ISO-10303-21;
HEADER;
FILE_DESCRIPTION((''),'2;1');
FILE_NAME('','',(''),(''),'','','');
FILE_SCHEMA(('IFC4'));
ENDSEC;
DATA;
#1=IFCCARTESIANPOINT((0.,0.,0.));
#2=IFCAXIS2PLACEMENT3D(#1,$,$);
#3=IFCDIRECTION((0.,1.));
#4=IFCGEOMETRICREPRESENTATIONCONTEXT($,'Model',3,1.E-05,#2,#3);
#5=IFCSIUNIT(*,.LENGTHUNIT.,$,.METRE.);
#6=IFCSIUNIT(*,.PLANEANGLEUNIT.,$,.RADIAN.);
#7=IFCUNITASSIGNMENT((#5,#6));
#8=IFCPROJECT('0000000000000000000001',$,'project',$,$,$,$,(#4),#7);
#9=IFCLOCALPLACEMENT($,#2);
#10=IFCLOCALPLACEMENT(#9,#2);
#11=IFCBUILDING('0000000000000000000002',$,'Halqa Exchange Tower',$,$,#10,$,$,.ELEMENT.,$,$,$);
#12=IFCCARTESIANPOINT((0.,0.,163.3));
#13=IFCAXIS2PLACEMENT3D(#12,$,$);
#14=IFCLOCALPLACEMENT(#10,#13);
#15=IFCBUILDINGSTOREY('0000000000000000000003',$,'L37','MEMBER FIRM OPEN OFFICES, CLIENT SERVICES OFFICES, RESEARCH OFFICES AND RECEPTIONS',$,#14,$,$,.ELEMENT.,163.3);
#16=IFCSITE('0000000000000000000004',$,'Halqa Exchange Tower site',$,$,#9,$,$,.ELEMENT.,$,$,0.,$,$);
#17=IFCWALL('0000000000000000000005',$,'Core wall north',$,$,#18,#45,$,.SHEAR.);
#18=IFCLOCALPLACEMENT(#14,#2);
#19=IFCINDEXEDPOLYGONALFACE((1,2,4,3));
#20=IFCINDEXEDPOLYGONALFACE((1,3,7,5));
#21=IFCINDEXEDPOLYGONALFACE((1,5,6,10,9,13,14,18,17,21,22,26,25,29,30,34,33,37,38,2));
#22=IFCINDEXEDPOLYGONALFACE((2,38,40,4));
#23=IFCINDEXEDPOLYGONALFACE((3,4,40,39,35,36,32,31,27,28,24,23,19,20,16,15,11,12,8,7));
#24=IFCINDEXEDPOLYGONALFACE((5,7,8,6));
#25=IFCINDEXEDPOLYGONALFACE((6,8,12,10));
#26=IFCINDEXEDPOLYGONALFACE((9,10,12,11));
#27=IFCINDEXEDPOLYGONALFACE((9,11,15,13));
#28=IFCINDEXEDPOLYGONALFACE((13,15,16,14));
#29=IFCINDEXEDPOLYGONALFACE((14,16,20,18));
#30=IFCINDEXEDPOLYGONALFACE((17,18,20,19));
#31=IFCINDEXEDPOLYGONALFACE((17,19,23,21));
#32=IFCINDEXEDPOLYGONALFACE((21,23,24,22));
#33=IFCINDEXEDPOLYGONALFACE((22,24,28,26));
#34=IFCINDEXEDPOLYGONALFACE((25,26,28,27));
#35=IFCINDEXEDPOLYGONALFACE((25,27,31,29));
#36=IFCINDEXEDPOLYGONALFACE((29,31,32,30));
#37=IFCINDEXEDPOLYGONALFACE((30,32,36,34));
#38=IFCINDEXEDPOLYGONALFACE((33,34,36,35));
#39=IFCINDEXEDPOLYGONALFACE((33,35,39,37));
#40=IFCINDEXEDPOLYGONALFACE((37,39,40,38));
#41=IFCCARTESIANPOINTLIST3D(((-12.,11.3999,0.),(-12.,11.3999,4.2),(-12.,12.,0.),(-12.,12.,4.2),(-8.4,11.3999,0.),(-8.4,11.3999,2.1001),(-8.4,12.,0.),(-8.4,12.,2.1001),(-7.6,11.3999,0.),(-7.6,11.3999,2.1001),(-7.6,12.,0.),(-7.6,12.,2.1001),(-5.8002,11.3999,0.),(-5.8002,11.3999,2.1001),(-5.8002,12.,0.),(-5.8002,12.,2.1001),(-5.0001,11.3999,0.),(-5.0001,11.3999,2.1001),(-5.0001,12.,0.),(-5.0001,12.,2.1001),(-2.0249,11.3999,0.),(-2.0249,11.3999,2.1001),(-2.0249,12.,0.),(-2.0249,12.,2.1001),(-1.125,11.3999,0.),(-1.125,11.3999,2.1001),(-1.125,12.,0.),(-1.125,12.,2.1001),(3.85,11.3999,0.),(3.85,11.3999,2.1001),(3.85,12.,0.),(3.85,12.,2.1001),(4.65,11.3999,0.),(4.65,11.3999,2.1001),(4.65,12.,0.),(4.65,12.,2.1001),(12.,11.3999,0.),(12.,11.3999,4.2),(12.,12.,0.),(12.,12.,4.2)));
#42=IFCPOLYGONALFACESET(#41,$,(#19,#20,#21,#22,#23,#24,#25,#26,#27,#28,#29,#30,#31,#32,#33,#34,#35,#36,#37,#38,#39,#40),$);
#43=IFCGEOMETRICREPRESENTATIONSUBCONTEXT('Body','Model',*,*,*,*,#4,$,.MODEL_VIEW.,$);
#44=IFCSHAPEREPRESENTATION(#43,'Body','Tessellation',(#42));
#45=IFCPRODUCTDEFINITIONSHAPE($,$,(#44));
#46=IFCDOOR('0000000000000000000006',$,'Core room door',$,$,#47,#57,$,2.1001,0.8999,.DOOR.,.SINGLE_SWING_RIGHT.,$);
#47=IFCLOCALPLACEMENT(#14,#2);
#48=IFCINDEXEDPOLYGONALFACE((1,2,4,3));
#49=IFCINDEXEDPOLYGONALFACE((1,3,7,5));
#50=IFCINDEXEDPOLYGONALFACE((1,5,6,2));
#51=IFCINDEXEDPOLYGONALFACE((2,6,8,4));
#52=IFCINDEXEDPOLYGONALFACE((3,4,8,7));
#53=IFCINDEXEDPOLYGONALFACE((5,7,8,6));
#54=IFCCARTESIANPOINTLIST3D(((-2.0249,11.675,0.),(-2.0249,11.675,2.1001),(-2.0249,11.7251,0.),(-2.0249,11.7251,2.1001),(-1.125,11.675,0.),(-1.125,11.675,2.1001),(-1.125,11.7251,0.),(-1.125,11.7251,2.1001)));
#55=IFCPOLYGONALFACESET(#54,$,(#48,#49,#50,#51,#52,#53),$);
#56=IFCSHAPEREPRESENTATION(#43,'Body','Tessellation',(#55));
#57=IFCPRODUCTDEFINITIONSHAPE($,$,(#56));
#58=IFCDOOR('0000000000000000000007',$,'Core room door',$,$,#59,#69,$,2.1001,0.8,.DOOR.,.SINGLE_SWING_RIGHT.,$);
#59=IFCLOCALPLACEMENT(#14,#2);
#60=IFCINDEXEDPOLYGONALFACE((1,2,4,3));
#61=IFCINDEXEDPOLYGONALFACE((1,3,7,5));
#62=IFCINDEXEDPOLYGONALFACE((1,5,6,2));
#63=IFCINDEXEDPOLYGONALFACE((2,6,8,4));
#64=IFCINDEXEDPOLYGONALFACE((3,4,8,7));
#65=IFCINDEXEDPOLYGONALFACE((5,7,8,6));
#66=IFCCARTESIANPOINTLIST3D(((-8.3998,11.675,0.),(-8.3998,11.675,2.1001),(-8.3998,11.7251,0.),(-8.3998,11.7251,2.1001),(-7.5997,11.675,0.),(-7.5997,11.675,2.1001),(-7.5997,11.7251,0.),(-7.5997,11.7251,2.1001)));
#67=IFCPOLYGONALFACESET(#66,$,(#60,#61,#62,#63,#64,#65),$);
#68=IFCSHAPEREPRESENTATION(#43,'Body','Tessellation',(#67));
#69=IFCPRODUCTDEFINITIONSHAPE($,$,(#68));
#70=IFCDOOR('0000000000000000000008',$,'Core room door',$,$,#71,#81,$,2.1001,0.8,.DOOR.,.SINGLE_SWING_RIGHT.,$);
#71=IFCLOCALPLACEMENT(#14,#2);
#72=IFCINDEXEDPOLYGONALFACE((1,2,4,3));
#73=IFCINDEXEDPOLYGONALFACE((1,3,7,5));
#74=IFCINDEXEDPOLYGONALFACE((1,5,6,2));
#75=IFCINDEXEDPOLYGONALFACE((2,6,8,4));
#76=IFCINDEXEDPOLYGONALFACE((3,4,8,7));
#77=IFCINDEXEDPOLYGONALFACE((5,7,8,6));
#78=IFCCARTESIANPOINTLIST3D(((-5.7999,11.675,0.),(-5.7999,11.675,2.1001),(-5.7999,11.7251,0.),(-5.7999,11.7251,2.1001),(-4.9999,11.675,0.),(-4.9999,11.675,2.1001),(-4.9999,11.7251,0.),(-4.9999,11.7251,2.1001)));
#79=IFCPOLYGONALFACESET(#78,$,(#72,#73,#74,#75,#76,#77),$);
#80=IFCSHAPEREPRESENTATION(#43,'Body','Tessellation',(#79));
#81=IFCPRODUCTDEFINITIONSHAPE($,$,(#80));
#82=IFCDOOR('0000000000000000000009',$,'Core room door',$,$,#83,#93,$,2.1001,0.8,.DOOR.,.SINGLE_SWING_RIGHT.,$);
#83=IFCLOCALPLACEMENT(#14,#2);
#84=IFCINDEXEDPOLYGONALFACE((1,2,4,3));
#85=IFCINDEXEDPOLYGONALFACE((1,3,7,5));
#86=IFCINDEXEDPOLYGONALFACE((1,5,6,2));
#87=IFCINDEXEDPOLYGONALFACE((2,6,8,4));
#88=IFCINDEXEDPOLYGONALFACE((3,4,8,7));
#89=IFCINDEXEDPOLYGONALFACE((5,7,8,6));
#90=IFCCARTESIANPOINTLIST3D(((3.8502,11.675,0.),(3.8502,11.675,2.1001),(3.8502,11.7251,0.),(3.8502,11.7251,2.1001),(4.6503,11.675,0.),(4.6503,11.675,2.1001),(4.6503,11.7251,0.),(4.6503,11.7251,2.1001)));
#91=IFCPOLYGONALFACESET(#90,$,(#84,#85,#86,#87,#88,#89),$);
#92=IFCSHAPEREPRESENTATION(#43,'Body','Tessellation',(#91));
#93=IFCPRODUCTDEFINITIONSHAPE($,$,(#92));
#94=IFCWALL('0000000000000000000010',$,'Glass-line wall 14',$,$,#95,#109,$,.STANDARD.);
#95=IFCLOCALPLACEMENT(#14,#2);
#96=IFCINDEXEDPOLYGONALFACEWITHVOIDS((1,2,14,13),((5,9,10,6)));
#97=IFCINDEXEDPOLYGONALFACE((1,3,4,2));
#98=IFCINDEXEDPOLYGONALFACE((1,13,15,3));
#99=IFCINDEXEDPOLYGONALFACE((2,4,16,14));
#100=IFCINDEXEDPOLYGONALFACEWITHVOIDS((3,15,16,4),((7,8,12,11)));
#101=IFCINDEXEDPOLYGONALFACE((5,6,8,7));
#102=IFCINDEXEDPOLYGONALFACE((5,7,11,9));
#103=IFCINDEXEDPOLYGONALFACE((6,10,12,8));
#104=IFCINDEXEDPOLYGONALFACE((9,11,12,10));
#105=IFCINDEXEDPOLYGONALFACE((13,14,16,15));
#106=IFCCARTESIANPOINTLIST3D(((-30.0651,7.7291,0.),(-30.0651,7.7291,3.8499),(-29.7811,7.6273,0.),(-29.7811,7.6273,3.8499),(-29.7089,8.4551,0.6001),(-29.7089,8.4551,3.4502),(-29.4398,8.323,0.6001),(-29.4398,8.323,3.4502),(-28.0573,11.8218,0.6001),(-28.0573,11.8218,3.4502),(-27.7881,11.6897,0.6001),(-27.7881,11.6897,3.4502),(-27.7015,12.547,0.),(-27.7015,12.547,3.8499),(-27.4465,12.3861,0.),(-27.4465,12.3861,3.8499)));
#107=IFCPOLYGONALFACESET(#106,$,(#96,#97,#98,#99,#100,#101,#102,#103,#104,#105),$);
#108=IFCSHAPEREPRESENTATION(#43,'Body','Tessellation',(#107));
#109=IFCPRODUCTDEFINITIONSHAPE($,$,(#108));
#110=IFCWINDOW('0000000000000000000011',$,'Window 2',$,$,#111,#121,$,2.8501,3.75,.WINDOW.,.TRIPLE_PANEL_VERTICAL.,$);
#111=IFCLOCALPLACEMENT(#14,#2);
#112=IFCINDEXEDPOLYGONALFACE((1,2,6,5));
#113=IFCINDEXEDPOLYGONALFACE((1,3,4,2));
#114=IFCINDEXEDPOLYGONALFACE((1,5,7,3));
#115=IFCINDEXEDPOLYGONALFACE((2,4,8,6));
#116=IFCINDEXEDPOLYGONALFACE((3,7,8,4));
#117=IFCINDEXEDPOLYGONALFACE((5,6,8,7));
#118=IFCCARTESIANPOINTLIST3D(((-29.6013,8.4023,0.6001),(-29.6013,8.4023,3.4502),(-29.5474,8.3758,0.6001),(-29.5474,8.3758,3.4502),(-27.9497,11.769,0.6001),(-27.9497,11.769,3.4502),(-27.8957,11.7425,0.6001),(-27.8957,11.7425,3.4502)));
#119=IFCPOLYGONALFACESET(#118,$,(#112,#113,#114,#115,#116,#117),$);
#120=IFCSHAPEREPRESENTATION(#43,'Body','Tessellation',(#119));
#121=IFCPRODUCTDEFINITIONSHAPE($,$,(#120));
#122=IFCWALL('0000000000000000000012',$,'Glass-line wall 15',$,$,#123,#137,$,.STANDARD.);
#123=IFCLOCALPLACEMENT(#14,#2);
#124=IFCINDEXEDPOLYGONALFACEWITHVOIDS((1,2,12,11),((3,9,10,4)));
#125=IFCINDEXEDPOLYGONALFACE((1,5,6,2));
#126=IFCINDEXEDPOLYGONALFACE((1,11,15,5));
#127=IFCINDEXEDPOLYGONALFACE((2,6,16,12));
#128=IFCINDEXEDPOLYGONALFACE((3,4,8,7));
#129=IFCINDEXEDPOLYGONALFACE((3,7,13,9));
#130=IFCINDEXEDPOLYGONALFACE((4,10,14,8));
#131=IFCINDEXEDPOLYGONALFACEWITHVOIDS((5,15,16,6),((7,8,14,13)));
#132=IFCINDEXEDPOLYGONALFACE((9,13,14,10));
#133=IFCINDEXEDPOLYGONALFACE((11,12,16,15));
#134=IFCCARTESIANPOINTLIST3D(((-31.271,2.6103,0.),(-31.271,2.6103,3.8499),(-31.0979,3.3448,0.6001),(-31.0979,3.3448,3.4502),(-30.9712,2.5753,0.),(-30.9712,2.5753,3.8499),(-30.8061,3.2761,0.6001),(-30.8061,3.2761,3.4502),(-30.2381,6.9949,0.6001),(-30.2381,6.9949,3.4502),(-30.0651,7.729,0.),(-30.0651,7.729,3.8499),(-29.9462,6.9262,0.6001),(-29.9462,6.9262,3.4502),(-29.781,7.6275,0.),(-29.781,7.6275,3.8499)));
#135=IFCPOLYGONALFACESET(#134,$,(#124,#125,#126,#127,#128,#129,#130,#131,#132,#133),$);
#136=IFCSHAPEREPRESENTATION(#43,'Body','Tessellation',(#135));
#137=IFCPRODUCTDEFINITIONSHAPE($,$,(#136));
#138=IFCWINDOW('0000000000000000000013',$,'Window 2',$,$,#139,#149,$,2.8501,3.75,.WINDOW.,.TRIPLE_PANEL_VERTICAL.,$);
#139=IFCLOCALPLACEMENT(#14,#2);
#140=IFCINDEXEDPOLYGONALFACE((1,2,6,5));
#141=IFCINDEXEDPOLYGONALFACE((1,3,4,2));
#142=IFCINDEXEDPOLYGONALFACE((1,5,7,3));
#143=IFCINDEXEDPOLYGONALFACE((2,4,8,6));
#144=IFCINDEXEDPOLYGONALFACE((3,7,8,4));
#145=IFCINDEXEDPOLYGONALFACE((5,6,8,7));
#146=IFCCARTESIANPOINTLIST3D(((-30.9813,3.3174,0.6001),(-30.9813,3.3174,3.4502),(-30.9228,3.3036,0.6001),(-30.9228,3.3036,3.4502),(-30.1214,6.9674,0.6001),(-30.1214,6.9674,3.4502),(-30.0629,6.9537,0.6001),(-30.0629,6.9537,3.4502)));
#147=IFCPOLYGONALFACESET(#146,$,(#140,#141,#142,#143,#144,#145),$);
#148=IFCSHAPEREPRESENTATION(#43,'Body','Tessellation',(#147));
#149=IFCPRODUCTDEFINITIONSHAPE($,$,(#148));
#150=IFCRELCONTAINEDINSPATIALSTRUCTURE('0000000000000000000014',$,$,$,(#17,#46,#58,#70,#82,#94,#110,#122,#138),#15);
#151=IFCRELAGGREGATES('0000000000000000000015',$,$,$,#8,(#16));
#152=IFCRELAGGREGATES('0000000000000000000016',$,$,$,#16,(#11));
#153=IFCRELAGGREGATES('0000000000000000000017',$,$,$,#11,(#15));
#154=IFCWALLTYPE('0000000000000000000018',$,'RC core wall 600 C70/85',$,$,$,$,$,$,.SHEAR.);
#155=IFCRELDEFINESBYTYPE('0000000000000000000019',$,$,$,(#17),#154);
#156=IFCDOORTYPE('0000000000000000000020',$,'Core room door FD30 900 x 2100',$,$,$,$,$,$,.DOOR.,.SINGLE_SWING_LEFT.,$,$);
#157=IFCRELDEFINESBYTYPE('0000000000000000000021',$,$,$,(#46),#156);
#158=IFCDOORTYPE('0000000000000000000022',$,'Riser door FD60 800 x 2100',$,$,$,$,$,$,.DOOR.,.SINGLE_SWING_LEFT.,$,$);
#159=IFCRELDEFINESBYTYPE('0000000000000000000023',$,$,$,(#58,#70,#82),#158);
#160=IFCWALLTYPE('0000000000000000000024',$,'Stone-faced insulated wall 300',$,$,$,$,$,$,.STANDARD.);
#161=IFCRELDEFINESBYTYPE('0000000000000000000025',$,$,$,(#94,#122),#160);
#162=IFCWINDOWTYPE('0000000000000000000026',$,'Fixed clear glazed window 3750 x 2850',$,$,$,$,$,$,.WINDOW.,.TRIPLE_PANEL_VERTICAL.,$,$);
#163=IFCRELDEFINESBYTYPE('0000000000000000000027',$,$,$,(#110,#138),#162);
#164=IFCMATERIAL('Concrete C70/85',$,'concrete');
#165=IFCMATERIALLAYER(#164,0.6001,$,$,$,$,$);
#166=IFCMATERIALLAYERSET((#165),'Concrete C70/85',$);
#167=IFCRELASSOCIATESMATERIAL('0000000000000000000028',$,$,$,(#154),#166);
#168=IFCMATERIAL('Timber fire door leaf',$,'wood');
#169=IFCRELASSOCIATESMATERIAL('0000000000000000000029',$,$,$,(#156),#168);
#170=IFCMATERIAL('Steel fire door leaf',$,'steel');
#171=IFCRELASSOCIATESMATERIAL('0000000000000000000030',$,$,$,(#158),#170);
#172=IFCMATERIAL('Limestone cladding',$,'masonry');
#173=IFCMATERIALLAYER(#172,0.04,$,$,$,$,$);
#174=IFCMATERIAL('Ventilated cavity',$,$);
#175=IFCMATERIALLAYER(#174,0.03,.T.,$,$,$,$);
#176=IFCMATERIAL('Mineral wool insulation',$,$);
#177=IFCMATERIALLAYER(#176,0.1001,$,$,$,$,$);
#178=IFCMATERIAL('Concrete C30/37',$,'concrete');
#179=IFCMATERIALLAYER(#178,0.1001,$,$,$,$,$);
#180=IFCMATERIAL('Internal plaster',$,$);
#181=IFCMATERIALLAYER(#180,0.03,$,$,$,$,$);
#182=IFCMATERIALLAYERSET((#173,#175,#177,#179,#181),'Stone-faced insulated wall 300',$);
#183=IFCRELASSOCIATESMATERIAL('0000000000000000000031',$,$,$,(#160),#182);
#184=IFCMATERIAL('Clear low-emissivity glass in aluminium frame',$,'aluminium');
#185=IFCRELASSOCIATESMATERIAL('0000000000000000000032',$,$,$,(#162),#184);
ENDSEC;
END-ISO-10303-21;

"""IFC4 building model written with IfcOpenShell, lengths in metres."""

from ifc_helpers import new_model, si_unit, direction, frame, frame_2d, origin, place, context, subcontext, project, spatial, polyline, rectangle, outline, extrude, material, layer, layer_set, type_object, element, fill, save


model = new_model("IFC4")

# Units and contexts
model_context = context("Model", 3, precision=1e-05, world=origin(), true_north=direction((0.0, 1.0)))
body_context = subcontext(model_context, "Body", "Model", "MODEL_VIEW")
ifc_project = project(units=[si_unit("LENGTHUNIT", "METRE"), si_unit("PLANEANGLEUNIT", "RADIAN")], contexts=[model_context])

# Site, building, storey
site_placement = place(None, origin())
site = spatial("IfcSite", under=ifc_project, at=site_placement, Name="Halqa Exchange Tower site", CompositionType="ELEMENT", RefElevation=0.0)
building_placement = place(site_placement, origin())
building = spatial("IfcBuilding", under=site, at=building_placement, Name="Halqa Exchange Tower", CompositionType="ELEMENT")
storey_placement = place(building_placement, frame((0.0, 0.0, 163.3)))
storey = spatial("IfcBuildingStorey", under=building, at=storey_placement, Name="L37", Description="MEMBER FIRM OPEN OFFICES, CLIENT SERVICES OFFICES, RESEARCH OFFICES AND RECEPTIONS", CompositionType="ELEMENT", Elevation=163.3)

# Shared definitions
ifc_material_1 = material(Name="Concrete C70/85", Category="concrete")

# Wall, openings, doors
ifc_layer_1 = layer(ifc_material_1, 0.6001)
ifc_layer_set_1 = layer_set([ifc_layer_1], Name="Concrete C70/85")
wall_type_1 = type_object("IfcWallType", Name="RC core wall 600 C70/85", PredefinedType="SHEAR", material=ifc_layer_set_1)
wall_1_placement = place(storey_placement, frame((-12.0, 11.7, 0.0), z_axis=(0.0, 0.0, 1.0), x_axis=(1.0, 0.0, 0.0)))
wall_1 = element("IfcWall", 1, at=wall_1_placement, inside=storey, type_object=wall_type_1, Name="Core wall north", PredefinedType="SHEAR", context=body_context, shape_type="SweptSolid", body=[
    extrude(rectangle(XDim=24.0, YDim=0.6001, at=frame_2d((12.0, 0.0))), origin(), (0.0, 0.0, 1.0), 4.2),
])
opening_1_placement = place(wall_1_placement, frame((9.9751, 0.0, 0.0)))
opening_1 = element("IfcOpeningElement", 2, at=opening_1_placement, cuts=wall_1, PredefinedType="OPENING", context=body_context, shape_type="SweptSolid", body=[
    extrude(rectangle(XDim=0.8999, YDim=2.1001, at=frame_2d((0.45, 1.05))), frame((0.0, 0.312, 0.0), z_axis=(0.0, -1.0, 0.0), x_axis=(1.0, 0.0, 0.0)), (0.0, 0.0, 1.0), 0.624),
])
opening_2_placement = place(wall_1_placement, frame((3.6001, 0.0, 0.0)))
opening_2 = element("IfcOpeningElement", 3, at=opening_2_placement, cuts=wall_1, PredefinedType="OPENING", context=body_context, shape_type="SweptSolid", body=[
    extrude(rectangle(XDim=0.8, YDim=2.1001, at=frame_2d((0.3999, 1.05))), frame((0.0, 0.312, 0.0), z_axis=(0.0, -1.0, 0.0), x_axis=(1.0, 0.0, 0.0)), (0.0, 0.0, 1.0), 0.624),
])
opening_3_placement = place(wall_1_placement, frame((6.2, 0.0, 0.0)))
opening_3 = element("IfcOpeningElement", 4, at=opening_3_placement, cuts=wall_1, PredefinedType="OPENING", context=body_context, shape_type="SweptSolid", body=[
    extrude(rectangle(XDim=0.8, YDim=2.1001, at=frame_2d((0.3999, 1.05))), frame((0.0, 0.312, 0.0), z_axis=(0.0, -1.0, 0.0), x_axis=(1.0, 0.0, 0.0)), (0.0, 0.0, 1.0), 0.624),
])
opening_4_placement = place(wall_1_placement, frame((15.8501, 0.0, 0.0)))
opening_4 = element("IfcOpeningElement", 5, at=opening_4_placement, cuts=wall_1, PredefinedType="OPENING", context=body_context, shape_type="SweptSolid", body=[
    extrude(rectangle(XDim=0.8, YDim=2.1001, at=frame_2d((0.3999, 1.05))), frame((0.0, 0.312, 0.0), z_axis=(0.0, -1.0, 0.0), x_axis=(1.0, 0.0, 0.0)), (0.0, 0.0, 1.0), 0.624),
])
ifc_material_2 = material(Name="Timber fire door leaf", Category="wood")
door_type_1 = type_object("IfcDoorType", Name="Core room door FD30 900 x 2100", OperationType="SINGLE_SWING_LEFT", PredefinedType="DOOR", material=ifc_material_2)
door_1_placement = place(opening_1_placement, frame((0.8999, 0.0, 0.0), z_axis=(0.0, 0.0, 1.0), x_axis=(-1.0, 0.0, 0.0)))
door_1 = element("IfcDoor", 6, at=door_1_placement, inside=storey, type_object=door_type_1, Name="Core room door", OperationType="SINGLE_SWING_RIGHT", OverallHeight=2.1001, OverallWidth=0.8999, PredefinedType="DOOR", context=body_context, shape_type="SweptSolid", body=[
    extrude(rectangle(XDim=0.8999, YDim=2.1001, at=frame_2d((0.45, 1.05))), frame((0.0, 0.0249, 0.0), z_axis=(0.0, -1.0, 0.0), x_axis=(1.0, 0.0, 0.0)), (0.0, 0.0, 1.0), 0.05),
])
fill(opening_1, door_1)
ifc_material_3 = material(Name="Steel fire door leaf", Category="steel")
door_type_2 = type_object("IfcDoorType", Name="Riser door FD60 800 x 2100", OperationType="SINGLE_SWING_LEFT", PredefinedType="DOOR", material=ifc_material_3)
door_2_placement = place(opening_2_placement, frame((0.8, 0.0, 0.0), z_axis=(0.0, 0.0, 1.0), x_axis=(-1.0, 0.0, 0.0)))
door_2 = element("IfcDoor", 7, at=door_2_placement, inside=storey, type_object=door_type_2, Name="Core room door", OperationType="SINGLE_SWING_RIGHT", OverallHeight=2.1001, OverallWidth=0.8, PredefinedType="DOOR", context=body_context, shape_type="SweptSolid", body=[
    extrude(rectangle(XDim=0.8, YDim=2.1001, at=frame_2d((0.3999, 1.05))), frame((0.0, 0.0249, 0.0), z_axis=(0.0, -1.0, 0.0), x_axis=(1.0, 0.0, 0.0)), (0.0, 0.0, 1.0), 0.05),
])
fill(opening_2, door_2)
door_3_placement = place(opening_3_placement, frame((0.8, 0.0, 0.0), z_axis=(0.0, 0.0, 1.0), x_axis=(-1.0, 0.0, 0.0)))
door_3 = element("IfcDoor", 8, at=door_3_placement, inside=storey, type_object=door_type_2, Name="Core room door", OperationType="SINGLE_SWING_RIGHT", OverallHeight=2.1001, OverallWidth=0.8, PredefinedType="DOOR", context=body_context, shape_type="SweptSolid", body=[
    extrude(rectangle(XDim=0.8, YDim=2.1001, at=frame_2d((0.3999, 1.05))), frame((0.0, 0.0249, 0.0), z_axis=(0.0, -1.0, 0.0), x_axis=(1.0, 0.0, 0.0)), (0.0, 0.0, 1.0), 0.05),
])
fill(opening_3, door_3)
door_4_placement = place(opening_4_placement, frame((0.8, 0.0, 0.0), z_axis=(0.0, 0.0, 1.0), x_axis=(-1.0, 0.0, 0.0)))
door_4 = element("IfcDoor", 9, at=door_4_placement, inside=storey, type_object=door_type_2, Name="Core room door", OperationType="SINGLE_SWING_RIGHT", OverallHeight=2.1001, OverallWidth=0.8, PredefinedType="DOOR", context=body_context, shape_type="SweptSolid", body=[
    extrude(rectangle(XDim=0.8, YDim=2.1001, at=frame_2d((0.3999, 1.05))), frame((0.0, 0.0249, 0.0), z_axis=(0.0, -1.0, 0.0), x_axis=(1.0, 0.0, 0.0)), (0.0, 0.0, 1.0), 0.05),
])
fill(opening_4, door_4)

# Walls, openings, windows
ifc_material_4 = material(Name="Limestone cladding", Category="masonry")
ifc_layer_2 = layer(ifc_material_4, 0.04)
ifc_material_5 = material(Name="Ventilated cavity")
ifc_layer_3 = layer(ifc_material_5, 0.03, ventilated=True)
ifc_material_6 = material(Name="Mineral wool insulation")
ifc_layer_4 = layer(ifc_material_6, 0.1001)
ifc_material_7 = material(Name="Concrete C30/37", Category="concrete")
ifc_layer_5 = layer(ifc_material_7, 0.1001)
ifc_material_8 = material(Name="Internal plaster")
ifc_layer_6 = layer(ifc_material_8, 0.03)
ifc_layer_set_2 = layer_set([ifc_layer_2, ifc_layer_3, ifc_layer_4, ifc_layer_5, ifc_layer_6], Name="Stone-faced insulated wall 300")
wall_type_2 = type_object("IfcWallType", Name="Stone-faced insulated wall 300", PredefinedType="STANDARD", material=ifc_layer_set_2)
wall_2_placement = place(storey_placement, frame((-27.574, 12.4666, 0.0), z_axis=(0.0, 0.0, 1.0), x_axis=(-0.440444, -0.89778, 0.0)))
wall_2 = element("IfcWall", 10, at=wall_2_placement, inside=storey, type_object=wall_type_2, Name="Glass-line wall 14", PredefinedType="STANDARD", context=body_context, shape_type="SweptSolid", body=[
    extrude(outline(polyline([(-0.0161, -0.1499), (5.3503, -0.1499), (5.3167, 0.1499), (0.0161, 0.1499), (-0.0161, -0.1499)])), origin(), (0.0, 0.0, 1.0), 3.8499),
])
opening_5_placement = place(wall_2_placement, frame((0.7917, 0.0, 0.6001)))
opening_5 = element("IfcOpeningElement", 11, at=opening_5_placement, cuts=wall_2, PredefinedType="OPENING", context=body_context, shape_type="SweptSolid", body=[
    extrude(rectangle(XDim=3.75, YDim=2.8501, at=frame_2d((1.875, 1.425))), frame((0.0, 0.1621, 0.0), z_axis=(0.0, -1.0, 0.0), x_axis=(1.0, 0.0, 0.0)), (0.0, 0.0, 1.0), 0.324),
])
ifc_material_9 = material(Name="Clear low-emissivity glass in aluminium frame", Category="aluminium")
window_type = type_object("IfcWindowType", Name="Fixed clear glazed window 3750 x 2850", PartitioningType="TRIPLE_PANEL_VERTICAL", PredefinedType="WINDOW", material=ifc_material_9)
window_1_placement = place(opening_5_placement, origin())
window_1 = element("IfcWindow", 12, at=window_1_placement, inside=storey, type_object=window_type, Name="Window 2", OverallHeight=2.8501, OverallWidth=3.75, PartitioningType="TRIPLE_PANEL_VERTICAL", PredefinedType="WINDOW", context=body_context, shape_type="SweptSolid", body=[
    extrude(rectangle(XDim=3.75, YDim=2.8501, at=frame_2d((1.875, 1.425))), frame((0.0, 0.03, 0.0), z_axis=(0.0, -1.0, 0.0), x_axis=(1.0, 0.0, 0.0)), (0.0, 0.0, 1.0), 0.0601),
])
fill(opening_5, window_1)
wall_3_placement = place(storey_placement, frame((-29.9231, 7.6782, 0.0), z_axis=(0.0, 0.0, 1.0), x_axis=(-0.229297, -0.973356, 0.0)))
wall_3 = element("IfcWall", 13, at=wall_3_placement, inside=storey, type_object=wall_type_2, Name="Glass-line wall 15", PredefinedType="STANDARD", context=body_context, shape_type="SweptSolid", body=[
    extrude(outline(polyline([(-0.0168, -0.1499), (5.2419, -0.1499), (5.2073, 0.1499), (0.0168, 0.1499), (-0.0168, -0.1499)])), origin(), (0.0, 0.0, 1.0), 3.8499),
])
opening_6_placement = place(wall_3_placement, frame((0.7373, 0.0, 0.6001)))
opening_6 = element("IfcOpeningElement", 14, at=opening_6_placement, cuts=wall_3, PredefinedType="OPENING", context=body_context, shape_type="SweptSolid", body=[
    extrude(rectangle(XDim=3.75, YDim=2.8501, at=frame_2d((1.875, 1.425))), frame((0.0, 0.1621, 0.0), z_axis=(0.0, -1.0, 0.0), x_axis=(1.0, 0.0, 0.0)), (0.0, 0.0, 1.0), 0.324),
])
window_2_placement = place(opening_6_placement, origin())
window_2 = element("IfcWindow", 15, at=window_2_placement, inside=storey, type_object=window_type, Name="Window 2", OverallHeight=2.8501, OverallWidth=3.75, PartitioningType="TRIPLE_PANEL_VERTICAL", PredefinedType="WINDOW", context=body_context, shape_type="SweptSolid", body=[
    extrude(rectangle(XDim=3.75, YDim=2.8501, at=frame_2d((1.875, 1.425))), frame((0.0, 0.03, 0.0), z_axis=(0.0, -1.0, 0.0), x_axis=(1.0, 0.0, 0.0)), (0.0, 0.0, 1.0), 0.0601),
])
fill(opening_6, window_2)

save(model, "model.ifc")
